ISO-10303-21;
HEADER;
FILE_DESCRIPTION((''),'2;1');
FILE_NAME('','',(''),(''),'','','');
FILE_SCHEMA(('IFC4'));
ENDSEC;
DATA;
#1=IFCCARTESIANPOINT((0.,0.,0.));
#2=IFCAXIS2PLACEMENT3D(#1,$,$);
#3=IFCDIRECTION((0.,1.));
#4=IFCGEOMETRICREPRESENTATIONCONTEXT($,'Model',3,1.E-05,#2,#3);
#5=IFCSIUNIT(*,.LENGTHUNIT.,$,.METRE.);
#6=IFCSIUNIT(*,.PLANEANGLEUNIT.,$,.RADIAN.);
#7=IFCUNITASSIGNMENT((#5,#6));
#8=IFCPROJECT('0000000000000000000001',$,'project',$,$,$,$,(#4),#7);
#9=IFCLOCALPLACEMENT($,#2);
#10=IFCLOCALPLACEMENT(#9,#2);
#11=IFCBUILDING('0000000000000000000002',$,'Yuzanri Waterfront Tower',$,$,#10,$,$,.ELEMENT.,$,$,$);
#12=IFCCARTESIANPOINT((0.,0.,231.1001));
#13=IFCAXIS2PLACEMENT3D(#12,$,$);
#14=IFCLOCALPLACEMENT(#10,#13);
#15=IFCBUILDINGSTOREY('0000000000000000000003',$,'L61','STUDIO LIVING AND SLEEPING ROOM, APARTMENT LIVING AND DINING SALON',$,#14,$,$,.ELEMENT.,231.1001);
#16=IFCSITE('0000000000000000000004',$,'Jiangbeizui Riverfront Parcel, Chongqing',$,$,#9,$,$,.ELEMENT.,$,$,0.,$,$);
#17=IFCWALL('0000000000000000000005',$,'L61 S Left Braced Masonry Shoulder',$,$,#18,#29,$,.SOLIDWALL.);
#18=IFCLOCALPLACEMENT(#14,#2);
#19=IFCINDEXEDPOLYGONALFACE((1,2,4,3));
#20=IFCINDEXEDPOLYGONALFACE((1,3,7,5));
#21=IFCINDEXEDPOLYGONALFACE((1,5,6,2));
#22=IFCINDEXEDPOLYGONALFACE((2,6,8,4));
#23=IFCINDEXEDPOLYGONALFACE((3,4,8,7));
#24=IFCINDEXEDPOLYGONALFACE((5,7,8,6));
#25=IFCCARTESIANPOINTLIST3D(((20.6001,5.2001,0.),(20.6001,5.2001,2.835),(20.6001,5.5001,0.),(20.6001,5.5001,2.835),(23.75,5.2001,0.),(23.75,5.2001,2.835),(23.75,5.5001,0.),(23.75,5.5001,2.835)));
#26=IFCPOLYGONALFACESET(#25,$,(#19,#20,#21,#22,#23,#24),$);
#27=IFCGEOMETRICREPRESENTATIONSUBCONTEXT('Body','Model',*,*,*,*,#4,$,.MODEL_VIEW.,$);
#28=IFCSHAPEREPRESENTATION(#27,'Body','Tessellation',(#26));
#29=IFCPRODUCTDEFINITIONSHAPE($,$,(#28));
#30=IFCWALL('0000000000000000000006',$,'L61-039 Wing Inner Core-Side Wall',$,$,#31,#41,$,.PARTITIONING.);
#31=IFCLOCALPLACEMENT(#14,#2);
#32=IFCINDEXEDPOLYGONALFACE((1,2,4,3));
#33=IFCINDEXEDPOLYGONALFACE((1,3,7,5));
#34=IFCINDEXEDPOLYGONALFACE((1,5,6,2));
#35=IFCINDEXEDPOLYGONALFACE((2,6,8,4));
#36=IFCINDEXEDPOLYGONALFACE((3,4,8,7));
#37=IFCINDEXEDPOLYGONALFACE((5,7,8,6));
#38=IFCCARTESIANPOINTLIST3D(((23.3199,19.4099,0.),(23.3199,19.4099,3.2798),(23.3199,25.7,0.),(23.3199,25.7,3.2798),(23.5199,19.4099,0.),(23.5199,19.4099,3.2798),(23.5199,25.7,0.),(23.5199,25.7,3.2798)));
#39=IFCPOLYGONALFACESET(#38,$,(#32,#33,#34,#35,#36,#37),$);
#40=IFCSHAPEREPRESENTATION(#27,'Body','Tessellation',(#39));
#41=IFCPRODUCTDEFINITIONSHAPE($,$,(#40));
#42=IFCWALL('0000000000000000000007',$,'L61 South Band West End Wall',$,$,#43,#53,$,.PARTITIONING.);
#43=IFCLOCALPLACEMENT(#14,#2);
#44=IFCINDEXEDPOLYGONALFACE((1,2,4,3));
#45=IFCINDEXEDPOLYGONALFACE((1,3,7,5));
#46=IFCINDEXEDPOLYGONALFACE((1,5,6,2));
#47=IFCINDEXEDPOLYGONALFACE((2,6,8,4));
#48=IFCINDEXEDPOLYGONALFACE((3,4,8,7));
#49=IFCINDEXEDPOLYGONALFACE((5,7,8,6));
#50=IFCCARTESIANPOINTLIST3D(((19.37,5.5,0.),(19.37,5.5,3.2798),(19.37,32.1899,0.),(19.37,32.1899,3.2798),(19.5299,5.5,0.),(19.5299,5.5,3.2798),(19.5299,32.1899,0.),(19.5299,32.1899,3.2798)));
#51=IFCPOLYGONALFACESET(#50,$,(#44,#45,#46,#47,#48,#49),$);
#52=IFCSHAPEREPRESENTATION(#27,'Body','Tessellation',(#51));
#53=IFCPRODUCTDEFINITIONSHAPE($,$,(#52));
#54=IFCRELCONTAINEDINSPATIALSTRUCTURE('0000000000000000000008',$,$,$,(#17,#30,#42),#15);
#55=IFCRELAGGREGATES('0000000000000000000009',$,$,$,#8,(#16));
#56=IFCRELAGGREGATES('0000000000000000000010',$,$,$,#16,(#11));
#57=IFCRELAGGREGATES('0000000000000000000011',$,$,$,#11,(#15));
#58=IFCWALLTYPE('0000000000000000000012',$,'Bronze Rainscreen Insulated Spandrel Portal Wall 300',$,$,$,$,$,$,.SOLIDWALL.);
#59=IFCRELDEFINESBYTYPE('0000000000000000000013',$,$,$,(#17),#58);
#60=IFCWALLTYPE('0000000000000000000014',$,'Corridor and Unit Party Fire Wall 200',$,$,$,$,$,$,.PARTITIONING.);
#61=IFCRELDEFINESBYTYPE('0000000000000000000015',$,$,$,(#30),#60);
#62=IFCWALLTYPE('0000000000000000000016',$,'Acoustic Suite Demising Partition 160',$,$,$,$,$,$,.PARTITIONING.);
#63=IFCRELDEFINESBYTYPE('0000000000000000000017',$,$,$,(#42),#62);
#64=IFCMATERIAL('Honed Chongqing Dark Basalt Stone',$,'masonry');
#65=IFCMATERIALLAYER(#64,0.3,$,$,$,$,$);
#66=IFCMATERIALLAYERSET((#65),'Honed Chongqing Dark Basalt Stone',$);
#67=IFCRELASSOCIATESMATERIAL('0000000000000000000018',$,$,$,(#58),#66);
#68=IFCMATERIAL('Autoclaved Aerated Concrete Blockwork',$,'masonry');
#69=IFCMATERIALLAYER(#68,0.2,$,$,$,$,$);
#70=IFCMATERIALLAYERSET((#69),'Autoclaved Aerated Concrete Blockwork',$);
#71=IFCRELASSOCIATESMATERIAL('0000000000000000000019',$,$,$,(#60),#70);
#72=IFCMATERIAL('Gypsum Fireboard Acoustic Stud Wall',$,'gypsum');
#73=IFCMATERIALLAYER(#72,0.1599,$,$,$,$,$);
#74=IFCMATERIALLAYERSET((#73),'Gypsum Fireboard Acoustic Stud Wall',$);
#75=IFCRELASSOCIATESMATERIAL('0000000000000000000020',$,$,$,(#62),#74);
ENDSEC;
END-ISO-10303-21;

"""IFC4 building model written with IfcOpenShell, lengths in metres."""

from ifc_helpers import new_model, si_unit, direction, frame, frame_2d, origin, place, context, subcontext, project, spatial, rectangle, extrude, source, transform, mapped, material, layer, layer_set, type_object, element, save


model = new_model("IFC4")

# Units and contexts
model_context = context("Model", 3, precision=1e-05, world=origin(), true_north=direction((0.0, 1.0)))
body_context = subcontext(model_context, "Body", "Model", "MODEL_VIEW")
ifc_project = project(units=[si_unit("LENGTHUNIT", "METRE"), si_unit("PLANEANGLEUNIT", "RADIAN")], contexts=[model_context])

# Site, building, storey
site_placement = place(None, origin())
site = spatial("IfcSite", under=ifc_project, at=site_placement, Name="Jiangbeizui Riverfront Parcel, Chongqing", CompositionType="ELEMENT", RefElevation=0.0)
building_placement = place(site_placement, origin())
building = spatial("IfcBuilding", under=site, at=building_placement, Name="Yuzanri Waterfront Tower", CompositionType="ELEMENT")
storey_placement = place(building_placement, frame((0.0, 0.0, 231.1001)))
storey = spatial("IfcBuildingStorey", under=building, at=storey_placement, Name="L61", Description="STUDIO LIVING AND SLEEPING ROOM, APARTMENT LIVING AND DINING SALON", CompositionType="ELEMENT", Elevation=231.1001)

# Shared definitions
ifc_material_1 = material(Name="Honed Chongqing Dark Basalt Stone", Category="masonry")
ifc_layer_1 = layer(ifc_material_1, 0.3)
ifc_layer_set_1 = layer_set([ifc_layer_1], Name="Honed Chongqing Dark Basalt Stone")
wall_type_1 = type_object("IfcWallType", Name="Bronze Rainscreen Insulated Spandrel Portal Wall 300", PredefinedType="SOLIDWALL", material=ifc_layer_set_1)

# Shared definitions
ifc_material_2 = material(Name="Autoclaved Aerated Concrete Blockwork", Category="masonry")
ifc_layer_2 = layer(ifc_material_2, 0.2)
ifc_layer_set_2 = layer_set([ifc_layer_2], Name="Autoclaved Aerated Concrete Blockwork")
wall_type_2 = type_object("IfcWallType", Name="Corridor and Unit Party Fire Wall 200", PredefinedType="PARTITIONING", material=ifc_layer_set_2)

# Walls
shared_shape_1 = source(origin(), body_context, "Body", "SweptSolid", [
    extrude(rectangle(XDim=3.1499, YDim=0.3, at=frame_2d((1.575, 0.0))), origin(), (0.0, 0.0, 1.0), 2.835),
])
wall_1_placement = place(storey_placement, frame((20.6001, 5.3501, 0.0), z_axis=(0.0, 0.0, 1.0), x_axis=(1.0, 0.0, 0.0)))
element("IfcWall", 1, at=wall_1_placement, inside=storey, type_object=wall_type_1, Name="L61 S Left Braced Masonry Shoulder", PredefinedType="SOLIDWALL", context=body_context, shape_type="MappedRepresentation", body=[
    mapped(shared_shape_1, transform((0.0, 0.0, 0.0), scale=1.0)),
])
shared_shape_2 = source(origin(), body_context, "Body", "SweptSolid", [
    extrude(rectangle(XDim=6.29, YDim=0.2, at=frame_2d((3.145, 0.0))), origin(), (0.0, 0.0, 1.0), 3.2798),
])
wall_2_placement = place(storey_placement, frame((23.4199, 19.4099, 0.0), z_axis=(0.0, 0.0, 1.0), x_axis=(0.0, 1.0, 0.0)))
element("IfcWall", 2, at=wall_2_placement, inside=storey, type_object=wall_type_2, Name="L61-039 Wing Inner Core-Side Wall", PredefinedType="PARTITIONING", context=body_context, shape_type="MappedRepresentation", body=[
    mapped(shared_shape_2, transform((0.0, 0.0, 0.0), scale=1.0)),
])
ifc_material_3 = material(Name="Gypsum Fireboard Acoustic Stud Wall", Category="gypsum")
ifc_layer_3 = layer(ifc_material_3, 0.1599)
ifc_layer_set_3 = layer_set([ifc_layer_3], Name="Gypsum Fireboard Acoustic Stud Wall")
wall_type_3 = type_object("IfcWallType", Name="Acoustic Suite Demising Partition 160", PredefinedType="PARTITIONING", material=ifc_layer_set_3)
shared_shape_3 = source(origin(), body_context, "Body", "SweptSolid", [
    extrude(rectangle(XDim=26.6899, YDim=0.1599, at=frame_2d((13.345, 0.0))), origin(), (0.0, 0.0, 1.0), 3.2798),
])
wall_3_placement = place(storey_placement, frame((19.45, 5.5, 0.0), z_axis=(0.0, 0.0, 1.0), x_axis=(0.0, 1.0, 0.0)))
element("IfcWall", 3, at=wall_3_placement, inside=storey, type_object=wall_type_3, Name="L61 South Band West End Wall", PredefinedType="PARTITIONING", context=body_context, shape_type="MappedRepresentation", body=[
    mapped(shared_shape_3, transform((0.0, 0.0, 0.0), scale=1.0)),
])

save(model, "model.ifc")
